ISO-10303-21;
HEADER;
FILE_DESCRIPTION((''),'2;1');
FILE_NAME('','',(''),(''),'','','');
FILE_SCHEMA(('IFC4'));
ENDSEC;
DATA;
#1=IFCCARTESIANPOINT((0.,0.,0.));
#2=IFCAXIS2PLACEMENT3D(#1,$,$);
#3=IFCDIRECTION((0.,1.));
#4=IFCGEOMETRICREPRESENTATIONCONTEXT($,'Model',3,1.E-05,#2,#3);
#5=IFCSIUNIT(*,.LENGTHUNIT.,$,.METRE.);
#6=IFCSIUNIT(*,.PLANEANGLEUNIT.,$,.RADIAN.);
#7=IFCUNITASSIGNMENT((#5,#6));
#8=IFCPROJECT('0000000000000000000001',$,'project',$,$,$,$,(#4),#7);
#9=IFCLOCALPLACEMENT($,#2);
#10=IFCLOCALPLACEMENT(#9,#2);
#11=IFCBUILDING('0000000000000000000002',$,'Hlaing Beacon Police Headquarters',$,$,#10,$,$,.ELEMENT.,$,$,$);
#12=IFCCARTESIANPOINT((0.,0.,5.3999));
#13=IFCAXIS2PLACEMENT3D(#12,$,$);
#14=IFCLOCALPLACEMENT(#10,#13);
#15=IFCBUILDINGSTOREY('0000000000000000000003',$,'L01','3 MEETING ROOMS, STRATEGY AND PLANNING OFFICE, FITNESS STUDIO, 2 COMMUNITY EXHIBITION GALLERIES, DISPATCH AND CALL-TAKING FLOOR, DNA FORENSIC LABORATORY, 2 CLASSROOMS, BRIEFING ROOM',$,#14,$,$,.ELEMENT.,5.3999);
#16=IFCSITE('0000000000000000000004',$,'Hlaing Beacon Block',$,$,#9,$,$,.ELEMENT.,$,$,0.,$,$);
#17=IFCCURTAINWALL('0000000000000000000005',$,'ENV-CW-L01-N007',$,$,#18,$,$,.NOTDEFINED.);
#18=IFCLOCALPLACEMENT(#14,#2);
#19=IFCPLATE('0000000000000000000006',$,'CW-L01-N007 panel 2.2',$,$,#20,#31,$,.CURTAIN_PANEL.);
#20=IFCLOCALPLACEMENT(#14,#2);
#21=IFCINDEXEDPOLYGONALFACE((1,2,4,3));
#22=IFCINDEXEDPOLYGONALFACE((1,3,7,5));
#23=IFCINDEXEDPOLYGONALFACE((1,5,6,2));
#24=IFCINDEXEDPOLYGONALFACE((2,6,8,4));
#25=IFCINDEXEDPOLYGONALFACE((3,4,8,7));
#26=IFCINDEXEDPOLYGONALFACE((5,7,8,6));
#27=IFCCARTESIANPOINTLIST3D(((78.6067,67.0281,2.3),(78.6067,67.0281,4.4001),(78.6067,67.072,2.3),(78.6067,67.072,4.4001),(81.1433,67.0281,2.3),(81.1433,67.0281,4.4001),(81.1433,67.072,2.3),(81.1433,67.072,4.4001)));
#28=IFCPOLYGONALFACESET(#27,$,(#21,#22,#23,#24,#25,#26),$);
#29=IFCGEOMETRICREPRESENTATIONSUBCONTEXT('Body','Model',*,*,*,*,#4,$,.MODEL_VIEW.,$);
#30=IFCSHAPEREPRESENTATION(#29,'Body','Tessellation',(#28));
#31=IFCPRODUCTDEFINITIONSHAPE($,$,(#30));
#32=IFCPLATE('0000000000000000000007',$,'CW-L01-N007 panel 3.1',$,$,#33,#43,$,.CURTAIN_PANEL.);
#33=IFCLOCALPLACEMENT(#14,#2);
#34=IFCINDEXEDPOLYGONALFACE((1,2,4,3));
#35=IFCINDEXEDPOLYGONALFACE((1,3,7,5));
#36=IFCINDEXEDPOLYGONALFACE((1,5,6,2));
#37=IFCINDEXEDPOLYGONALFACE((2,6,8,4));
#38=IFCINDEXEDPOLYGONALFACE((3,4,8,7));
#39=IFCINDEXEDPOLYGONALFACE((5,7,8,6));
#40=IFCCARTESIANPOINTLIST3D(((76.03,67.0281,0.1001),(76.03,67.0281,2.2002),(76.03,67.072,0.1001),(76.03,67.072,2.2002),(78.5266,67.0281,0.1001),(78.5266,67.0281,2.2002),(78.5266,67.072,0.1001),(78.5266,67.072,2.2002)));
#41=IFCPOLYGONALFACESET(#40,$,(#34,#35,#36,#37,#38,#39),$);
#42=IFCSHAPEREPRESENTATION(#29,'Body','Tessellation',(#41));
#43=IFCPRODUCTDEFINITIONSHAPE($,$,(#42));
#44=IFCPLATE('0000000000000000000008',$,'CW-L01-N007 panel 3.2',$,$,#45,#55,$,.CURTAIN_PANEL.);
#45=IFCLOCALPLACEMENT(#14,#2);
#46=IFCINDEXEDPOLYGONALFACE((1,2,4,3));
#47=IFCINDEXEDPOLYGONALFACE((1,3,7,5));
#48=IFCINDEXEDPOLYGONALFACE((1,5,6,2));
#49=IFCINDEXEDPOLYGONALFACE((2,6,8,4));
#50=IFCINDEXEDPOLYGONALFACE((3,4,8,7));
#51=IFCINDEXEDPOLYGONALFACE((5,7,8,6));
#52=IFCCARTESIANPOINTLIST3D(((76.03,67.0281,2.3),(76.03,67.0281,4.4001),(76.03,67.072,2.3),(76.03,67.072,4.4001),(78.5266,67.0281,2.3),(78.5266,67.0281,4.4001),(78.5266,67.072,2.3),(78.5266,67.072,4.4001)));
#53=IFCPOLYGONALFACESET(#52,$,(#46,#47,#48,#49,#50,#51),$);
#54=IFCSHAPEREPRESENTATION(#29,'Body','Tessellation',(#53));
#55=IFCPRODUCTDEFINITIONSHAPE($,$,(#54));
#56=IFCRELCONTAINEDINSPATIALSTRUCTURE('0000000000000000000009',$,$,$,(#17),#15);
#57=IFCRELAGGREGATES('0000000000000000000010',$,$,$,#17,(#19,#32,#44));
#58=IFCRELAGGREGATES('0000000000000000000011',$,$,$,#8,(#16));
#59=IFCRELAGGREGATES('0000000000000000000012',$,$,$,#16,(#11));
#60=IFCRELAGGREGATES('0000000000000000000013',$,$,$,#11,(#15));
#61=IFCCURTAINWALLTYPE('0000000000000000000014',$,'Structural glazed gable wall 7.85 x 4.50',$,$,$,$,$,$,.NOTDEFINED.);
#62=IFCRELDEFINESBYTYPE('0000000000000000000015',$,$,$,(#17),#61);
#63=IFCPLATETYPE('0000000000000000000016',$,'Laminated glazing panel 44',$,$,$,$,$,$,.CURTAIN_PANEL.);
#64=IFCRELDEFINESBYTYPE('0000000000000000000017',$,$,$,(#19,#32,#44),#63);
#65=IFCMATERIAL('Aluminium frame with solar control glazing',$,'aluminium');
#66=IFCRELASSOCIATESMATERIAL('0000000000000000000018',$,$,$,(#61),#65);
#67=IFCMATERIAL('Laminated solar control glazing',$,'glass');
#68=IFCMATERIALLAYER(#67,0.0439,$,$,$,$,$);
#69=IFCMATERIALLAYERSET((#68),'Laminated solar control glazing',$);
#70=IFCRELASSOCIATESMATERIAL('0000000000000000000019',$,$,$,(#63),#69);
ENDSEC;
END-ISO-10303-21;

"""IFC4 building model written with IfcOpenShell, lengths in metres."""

from ifc_helpers import new_model, si_unit, direction, frame, origin, origin_2d, place, context, subcontext, project, spatial, rectangle, extrude, material, layer, layer_set, type_object, element, aggregate, save


model = new_model("IFC4")

# Units and contexts
model_context = context("Model", 3, precision=1e-05, world=origin(), true_north=direction((0.0, 1.0)))
body_context = subcontext(model_context, "Body", "Model", "MODEL_VIEW")
ifc_project = project(units=[si_unit("LENGTHUNIT", "METRE"), si_unit("PLANEANGLEUNIT", "RADIAN")], contexts=[model_context])

# Site, building, storey
site_placement = place(None, origin())
site = spatial("IfcSite", under=ifc_project, at=site_placement, Name="Hlaing Beacon Block", CompositionType="ELEMENT", RefElevation=0.0)
building_placement = place(site_placement, origin())
building = spatial("IfcBuilding", under=site, at=building_placement, Name="Hlaing Beacon Police Headquarters", CompositionType="ELEMENT")
storey_placement = place(building_placement, frame((0.0, 0.0, 5.3999)))
storey = spatial("IfcBuildingStorey", under=building, at=storey_placement, Name="L01", Description="3 MEETING ROOMS, STRATEGY AND PLANNING OFFICE, FITNESS STUDIO, 2 COMMUNITY EXHIBITION GALLERIES, DISPATCH AND CALL-TAKING FLOOR, DNA FORENSIC LABORATORY, 2 CLASSROOMS, BRIEFING ROOM", CompositionType="ELEMENT", Elevation=5.3999)

# Curtain wall
ifc_material_1 = material(Name="Aluminium frame with solar control glazing", Category="aluminium")
curtain_wall_type = type_object("IfcCurtainWallType", Name="Structural glazed gable wall 7.85 x 4.50", PredefinedType="NOTDEFINED", material=ifc_material_1)
curtain_wall_1_placement = place(storey_placement, origin())
curtain_wall_1 = element("IfcCurtainWall", 1, at=curtain_wall_1_placement, inside=storey, type_object=curtain_wall_type, Name="ENV-CW-L01-N007", PredefinedType="NOTDEFINED")

# Plates
ifc_material_2 = material(Name="Laminated solar control glazing", Category="glass")
ifc_layer = layer(ifc_material_2, 0.0439)
ifc_layer_set = layer_set([ifc_layer], Name="Laminated solar control glazing")
plate_type = type_object("IfcPlateType", Name="Laminated glazing panel 44", PredefinedType="CURTAIN_PANEL", material=ifc_layer_set)
plate_1_placement = place(storey_placement, frame((79.875, 67.05, 2.3), z_axis=(0.0, 0.0, 1.0), x_axis=(-1.0, 0.0, 0.0)))
plate_1 = element("IfcPlate", 2, at=plate_1_placement, type_object=plate_type, Name="CW-L01-N007 panel 2.2", PredefinedType="CURTAIN_PANEL", context=body_context, shape_type="SweptSolid", body=[
    extrude(rectangle(XDim=2.5366, YDim=0.0439, at=origin_2d()), origin(), (0.0, 0.0, 1.0), 2.1001),
])
plate_2_placement = place(storey_placement, frame((77.2783, 67.05, 0.1001), z_axis=(0.0, 0.0, 1.0), x_axis=(-1.0, 0.0, 0.0)))
plate_2 = element("IfcPlate", 3, at=plate_2_placement, type_object=plate_type, Name="CW-L01-N007 panel 3.1", PredefinedType="CURTAIN_PANEL", context=body_context, shape_type="SweptSolid", body=[
    extrude(rectangle(XDim=2.4966, YDim=0.0439, at=origin_2d()), origin(), (0.0, 0.0, 1.0), 2.1001),
])
plate_3_placement = place(storey_placement, frame((77.2783, 67.05, 2.3), z_axis=(0.0, 0.0, 1.0), x_axis=(-1.0, 0.0, 0.0)))
plate_3 = element("IfcPlate", 4, at=plate_3_placement, type_object=plate_type, Name="CW-L01-N007 panel 3.2", PredefinedType="CURTAIN_PANEL", context=body_context, shape_type="SweptSolid", body=[
    extrude(rectangle(XDim=2.4966, YDim=0.0439, at=origin_2d()), origin(), (0.0, 0.0, 1.0), 2.1001),
])
aggregate(curtain_wall_1, [plate_1, plate_2, plate_3])

save(model, "model.ifc")
